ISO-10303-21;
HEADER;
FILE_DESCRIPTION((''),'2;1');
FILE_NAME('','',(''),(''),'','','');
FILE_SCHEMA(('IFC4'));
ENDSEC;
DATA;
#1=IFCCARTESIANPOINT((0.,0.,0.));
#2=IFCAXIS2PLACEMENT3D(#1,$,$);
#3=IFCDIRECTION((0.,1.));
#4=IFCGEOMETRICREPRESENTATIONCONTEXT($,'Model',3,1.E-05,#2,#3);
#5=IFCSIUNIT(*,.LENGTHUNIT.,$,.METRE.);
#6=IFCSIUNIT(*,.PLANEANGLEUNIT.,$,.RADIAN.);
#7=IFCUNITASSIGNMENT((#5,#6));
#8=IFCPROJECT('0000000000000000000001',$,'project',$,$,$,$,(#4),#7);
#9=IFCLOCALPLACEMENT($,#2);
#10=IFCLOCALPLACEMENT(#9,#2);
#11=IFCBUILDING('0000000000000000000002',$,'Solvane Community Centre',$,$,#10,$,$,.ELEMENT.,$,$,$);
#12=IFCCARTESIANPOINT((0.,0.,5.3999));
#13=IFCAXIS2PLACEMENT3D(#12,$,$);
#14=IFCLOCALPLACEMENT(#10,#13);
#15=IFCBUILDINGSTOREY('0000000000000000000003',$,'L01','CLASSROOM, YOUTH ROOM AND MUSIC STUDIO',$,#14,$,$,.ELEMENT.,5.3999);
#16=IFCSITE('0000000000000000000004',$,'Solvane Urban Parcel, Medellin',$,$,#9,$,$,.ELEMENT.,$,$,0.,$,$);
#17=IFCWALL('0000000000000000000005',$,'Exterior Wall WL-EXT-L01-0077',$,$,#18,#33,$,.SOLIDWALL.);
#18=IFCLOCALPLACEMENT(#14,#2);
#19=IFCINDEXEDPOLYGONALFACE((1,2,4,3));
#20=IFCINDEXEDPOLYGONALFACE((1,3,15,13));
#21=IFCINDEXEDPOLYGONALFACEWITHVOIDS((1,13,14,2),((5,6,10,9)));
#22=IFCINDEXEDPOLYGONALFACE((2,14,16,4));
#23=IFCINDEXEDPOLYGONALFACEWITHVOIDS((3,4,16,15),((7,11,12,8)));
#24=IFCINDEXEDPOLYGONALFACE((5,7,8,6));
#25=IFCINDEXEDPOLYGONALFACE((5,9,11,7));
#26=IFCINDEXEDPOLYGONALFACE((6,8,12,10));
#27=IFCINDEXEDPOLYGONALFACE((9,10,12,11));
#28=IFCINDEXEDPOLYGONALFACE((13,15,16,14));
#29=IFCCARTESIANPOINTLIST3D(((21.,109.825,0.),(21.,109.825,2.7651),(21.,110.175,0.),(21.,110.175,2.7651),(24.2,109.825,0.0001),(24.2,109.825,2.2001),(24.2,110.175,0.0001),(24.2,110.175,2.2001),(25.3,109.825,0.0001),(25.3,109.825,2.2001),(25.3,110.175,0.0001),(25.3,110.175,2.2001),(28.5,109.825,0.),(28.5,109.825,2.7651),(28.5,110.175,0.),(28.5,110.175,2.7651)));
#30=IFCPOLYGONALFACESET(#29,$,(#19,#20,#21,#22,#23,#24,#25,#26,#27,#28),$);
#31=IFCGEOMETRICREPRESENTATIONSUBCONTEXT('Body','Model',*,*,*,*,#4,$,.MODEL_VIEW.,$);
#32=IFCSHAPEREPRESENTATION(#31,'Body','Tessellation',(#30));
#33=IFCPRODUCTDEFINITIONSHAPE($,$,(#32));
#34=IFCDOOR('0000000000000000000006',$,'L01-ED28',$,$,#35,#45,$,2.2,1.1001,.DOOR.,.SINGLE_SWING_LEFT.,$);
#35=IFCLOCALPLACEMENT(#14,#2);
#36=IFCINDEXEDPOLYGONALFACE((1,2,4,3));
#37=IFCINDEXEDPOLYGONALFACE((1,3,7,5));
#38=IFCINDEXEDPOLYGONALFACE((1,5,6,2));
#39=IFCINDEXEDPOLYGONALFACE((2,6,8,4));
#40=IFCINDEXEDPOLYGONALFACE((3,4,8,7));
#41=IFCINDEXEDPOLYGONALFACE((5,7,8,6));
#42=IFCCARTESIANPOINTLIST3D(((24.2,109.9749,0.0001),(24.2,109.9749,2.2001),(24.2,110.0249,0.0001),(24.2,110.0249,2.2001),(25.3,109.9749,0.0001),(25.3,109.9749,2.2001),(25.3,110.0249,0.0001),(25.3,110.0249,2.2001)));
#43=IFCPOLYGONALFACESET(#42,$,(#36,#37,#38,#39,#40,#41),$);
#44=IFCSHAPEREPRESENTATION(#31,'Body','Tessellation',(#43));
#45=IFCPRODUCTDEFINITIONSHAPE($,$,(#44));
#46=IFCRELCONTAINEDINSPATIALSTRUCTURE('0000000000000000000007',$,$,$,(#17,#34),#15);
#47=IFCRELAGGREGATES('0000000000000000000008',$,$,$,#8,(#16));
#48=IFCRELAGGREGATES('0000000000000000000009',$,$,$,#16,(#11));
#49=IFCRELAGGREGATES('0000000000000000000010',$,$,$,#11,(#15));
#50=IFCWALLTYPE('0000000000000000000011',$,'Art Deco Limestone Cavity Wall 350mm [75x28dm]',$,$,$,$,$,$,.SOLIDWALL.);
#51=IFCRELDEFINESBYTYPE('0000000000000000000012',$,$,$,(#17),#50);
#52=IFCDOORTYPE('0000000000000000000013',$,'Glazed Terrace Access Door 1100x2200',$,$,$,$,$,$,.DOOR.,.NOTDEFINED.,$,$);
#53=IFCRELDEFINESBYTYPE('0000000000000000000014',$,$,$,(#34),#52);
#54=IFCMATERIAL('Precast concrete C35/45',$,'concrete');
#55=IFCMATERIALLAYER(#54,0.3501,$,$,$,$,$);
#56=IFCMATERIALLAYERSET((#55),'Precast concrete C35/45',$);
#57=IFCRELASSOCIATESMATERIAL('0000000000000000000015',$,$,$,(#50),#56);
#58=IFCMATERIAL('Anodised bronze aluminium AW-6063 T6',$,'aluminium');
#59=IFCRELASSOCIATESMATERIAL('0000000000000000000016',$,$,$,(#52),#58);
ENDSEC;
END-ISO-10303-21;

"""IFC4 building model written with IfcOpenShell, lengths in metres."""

from ifc_helpers import new_model, si_unit, direction, frame, frame_2d, origin, place, context, subcontext, project, spatial, rectangle, extrude, material, layer, layer_set, type_object, element, fill, save


model = new_model("IFC4")

# Units and contexts
model_context = context("Model", 3, precision=1e-05, world=origin(), true_north=direction((0.0, 1.0)))
body_context = subcontext(model_context, "Body", "Model", "MODEL_VIEW")
ifc_project = project(units=[si_unit("LENGTHUNIT", "METRE"), si_unit("PLANEANGLEUNIT", "RADIAN")], contexts=[model_context])

# Site, building, storey
site_placement = place(None, origin())
site = spatial("IfcSite", under=ifc_project, at=site_placement, Name="Solvane Urban Parcel, Medellin", CompositionType="ELEMENT", RefElevation=0.0)
building_placement = place(site_placement, origin())
building = spatial("IfcBuilding", under=site, at=building_placement, Name="Solvane Community Centre", CompositionType="ELEMENT")
storey_placement = place(building_placement, frame((0.0, 0.0, 5.3999)))
storey = spatial("IfcBuildingStorey", under=building, at=storey_placement, Name="L01", Description="CLASSROOM, YOUTH ROOM AND MUSIC STUDIO", CompositionType="ELEMENT", Elevation=5.3999)

# Shared definitions
ifc_material_1 = material(Name="Anodised bronze aluminium AW-6063 T6", Category="aluminium")

# Wall, opening, door
ifc_material_2 = material(Name="Precast concrete C35/45", Category="concrete")
ifc_layer_1 = layer(ifc_material_2, 0.3501)
ifc_layer_set_1 = layer_set([ifc_layer_1], Name="Precast concrete C35/45")
wall_type = type_object("IfcWallType", Name="Art Deco Limestone Cavity Wall 350mm [75x28dm]", PredefinedType="SOLIDWALL", material=ifc_layer_set_1)
wall_placement = place(storey_placement, frame((21.0, 110.0, 0.0), z_axis=(0.0, 0.0, 1.0), x_axis=(1.0, 0.0, 0.0)))
wall = element("IfcWall", 1, at=wall_placement, inside=storey, type_object=wall_type, Name="Exterior Wall WL-EXT-L01-0077", PredefinedType="SOLIDWALL", context=body_context, shape_type="SweptSolid", body=[
    extrude(rectangle(XDim=7.5, YDim=0.3501, at=frame_2d((3.75, 0.0))), origin(), (0.0, 0.0, 1.0), 2.7651),
])
opening_placement = place(wall_placement, frame((3.2, 0.0, 0.0)))
opening = element("IfcOpeningElement", 2, at=opening_placement, cuts=wall, PredefinedType="OPENING", context=body_context, shape_type="SweptSolid", body=[
    extrude(rectangle(XDim=1.1001, YDim=2.2, at=frame_2d((0.55, 1.1001))), frame((0.0, 0.1851, 0.0), z_axis=(0.0, -1.0, 0.0), x_axis=(1.0, 0.0, 0.0)), (0.0, 0.0, 1.0), 0.3701),
])
door_type = type_object("IfcDoorType", Name="Glazed Terrace Access Door 1100x2200", OperationType="NOTDEFINED", PredefinedType="DOOR", material=ifc_material_1)
door_placement = place(opening_placement, origin())
door = element("IfcDoor", 3, at=door_placement, inside=storey, type_object=door_type, Name="L01-ED28", OperationType="SINGLE_SWING_LEFT", OverallHeight=2.2, OverallWidth=1.1001, PredefinedType="DOOR", context=body_context, shape_type="SweptSolid", body=[
    extrude(rectangle(XDim=1.1001, YDim=2.2, at=frame_2d((0.55, 1.1001))), frame((0.0, 0.0249, 0.0), z_axis=(0.0, -1.0, 0.0), x_axis=(1.0, 0.0, 0.0)), (0.0, 0.0, 1.0), 0.05),
])
fill(opening, door)

save(model, "model.ifc")
